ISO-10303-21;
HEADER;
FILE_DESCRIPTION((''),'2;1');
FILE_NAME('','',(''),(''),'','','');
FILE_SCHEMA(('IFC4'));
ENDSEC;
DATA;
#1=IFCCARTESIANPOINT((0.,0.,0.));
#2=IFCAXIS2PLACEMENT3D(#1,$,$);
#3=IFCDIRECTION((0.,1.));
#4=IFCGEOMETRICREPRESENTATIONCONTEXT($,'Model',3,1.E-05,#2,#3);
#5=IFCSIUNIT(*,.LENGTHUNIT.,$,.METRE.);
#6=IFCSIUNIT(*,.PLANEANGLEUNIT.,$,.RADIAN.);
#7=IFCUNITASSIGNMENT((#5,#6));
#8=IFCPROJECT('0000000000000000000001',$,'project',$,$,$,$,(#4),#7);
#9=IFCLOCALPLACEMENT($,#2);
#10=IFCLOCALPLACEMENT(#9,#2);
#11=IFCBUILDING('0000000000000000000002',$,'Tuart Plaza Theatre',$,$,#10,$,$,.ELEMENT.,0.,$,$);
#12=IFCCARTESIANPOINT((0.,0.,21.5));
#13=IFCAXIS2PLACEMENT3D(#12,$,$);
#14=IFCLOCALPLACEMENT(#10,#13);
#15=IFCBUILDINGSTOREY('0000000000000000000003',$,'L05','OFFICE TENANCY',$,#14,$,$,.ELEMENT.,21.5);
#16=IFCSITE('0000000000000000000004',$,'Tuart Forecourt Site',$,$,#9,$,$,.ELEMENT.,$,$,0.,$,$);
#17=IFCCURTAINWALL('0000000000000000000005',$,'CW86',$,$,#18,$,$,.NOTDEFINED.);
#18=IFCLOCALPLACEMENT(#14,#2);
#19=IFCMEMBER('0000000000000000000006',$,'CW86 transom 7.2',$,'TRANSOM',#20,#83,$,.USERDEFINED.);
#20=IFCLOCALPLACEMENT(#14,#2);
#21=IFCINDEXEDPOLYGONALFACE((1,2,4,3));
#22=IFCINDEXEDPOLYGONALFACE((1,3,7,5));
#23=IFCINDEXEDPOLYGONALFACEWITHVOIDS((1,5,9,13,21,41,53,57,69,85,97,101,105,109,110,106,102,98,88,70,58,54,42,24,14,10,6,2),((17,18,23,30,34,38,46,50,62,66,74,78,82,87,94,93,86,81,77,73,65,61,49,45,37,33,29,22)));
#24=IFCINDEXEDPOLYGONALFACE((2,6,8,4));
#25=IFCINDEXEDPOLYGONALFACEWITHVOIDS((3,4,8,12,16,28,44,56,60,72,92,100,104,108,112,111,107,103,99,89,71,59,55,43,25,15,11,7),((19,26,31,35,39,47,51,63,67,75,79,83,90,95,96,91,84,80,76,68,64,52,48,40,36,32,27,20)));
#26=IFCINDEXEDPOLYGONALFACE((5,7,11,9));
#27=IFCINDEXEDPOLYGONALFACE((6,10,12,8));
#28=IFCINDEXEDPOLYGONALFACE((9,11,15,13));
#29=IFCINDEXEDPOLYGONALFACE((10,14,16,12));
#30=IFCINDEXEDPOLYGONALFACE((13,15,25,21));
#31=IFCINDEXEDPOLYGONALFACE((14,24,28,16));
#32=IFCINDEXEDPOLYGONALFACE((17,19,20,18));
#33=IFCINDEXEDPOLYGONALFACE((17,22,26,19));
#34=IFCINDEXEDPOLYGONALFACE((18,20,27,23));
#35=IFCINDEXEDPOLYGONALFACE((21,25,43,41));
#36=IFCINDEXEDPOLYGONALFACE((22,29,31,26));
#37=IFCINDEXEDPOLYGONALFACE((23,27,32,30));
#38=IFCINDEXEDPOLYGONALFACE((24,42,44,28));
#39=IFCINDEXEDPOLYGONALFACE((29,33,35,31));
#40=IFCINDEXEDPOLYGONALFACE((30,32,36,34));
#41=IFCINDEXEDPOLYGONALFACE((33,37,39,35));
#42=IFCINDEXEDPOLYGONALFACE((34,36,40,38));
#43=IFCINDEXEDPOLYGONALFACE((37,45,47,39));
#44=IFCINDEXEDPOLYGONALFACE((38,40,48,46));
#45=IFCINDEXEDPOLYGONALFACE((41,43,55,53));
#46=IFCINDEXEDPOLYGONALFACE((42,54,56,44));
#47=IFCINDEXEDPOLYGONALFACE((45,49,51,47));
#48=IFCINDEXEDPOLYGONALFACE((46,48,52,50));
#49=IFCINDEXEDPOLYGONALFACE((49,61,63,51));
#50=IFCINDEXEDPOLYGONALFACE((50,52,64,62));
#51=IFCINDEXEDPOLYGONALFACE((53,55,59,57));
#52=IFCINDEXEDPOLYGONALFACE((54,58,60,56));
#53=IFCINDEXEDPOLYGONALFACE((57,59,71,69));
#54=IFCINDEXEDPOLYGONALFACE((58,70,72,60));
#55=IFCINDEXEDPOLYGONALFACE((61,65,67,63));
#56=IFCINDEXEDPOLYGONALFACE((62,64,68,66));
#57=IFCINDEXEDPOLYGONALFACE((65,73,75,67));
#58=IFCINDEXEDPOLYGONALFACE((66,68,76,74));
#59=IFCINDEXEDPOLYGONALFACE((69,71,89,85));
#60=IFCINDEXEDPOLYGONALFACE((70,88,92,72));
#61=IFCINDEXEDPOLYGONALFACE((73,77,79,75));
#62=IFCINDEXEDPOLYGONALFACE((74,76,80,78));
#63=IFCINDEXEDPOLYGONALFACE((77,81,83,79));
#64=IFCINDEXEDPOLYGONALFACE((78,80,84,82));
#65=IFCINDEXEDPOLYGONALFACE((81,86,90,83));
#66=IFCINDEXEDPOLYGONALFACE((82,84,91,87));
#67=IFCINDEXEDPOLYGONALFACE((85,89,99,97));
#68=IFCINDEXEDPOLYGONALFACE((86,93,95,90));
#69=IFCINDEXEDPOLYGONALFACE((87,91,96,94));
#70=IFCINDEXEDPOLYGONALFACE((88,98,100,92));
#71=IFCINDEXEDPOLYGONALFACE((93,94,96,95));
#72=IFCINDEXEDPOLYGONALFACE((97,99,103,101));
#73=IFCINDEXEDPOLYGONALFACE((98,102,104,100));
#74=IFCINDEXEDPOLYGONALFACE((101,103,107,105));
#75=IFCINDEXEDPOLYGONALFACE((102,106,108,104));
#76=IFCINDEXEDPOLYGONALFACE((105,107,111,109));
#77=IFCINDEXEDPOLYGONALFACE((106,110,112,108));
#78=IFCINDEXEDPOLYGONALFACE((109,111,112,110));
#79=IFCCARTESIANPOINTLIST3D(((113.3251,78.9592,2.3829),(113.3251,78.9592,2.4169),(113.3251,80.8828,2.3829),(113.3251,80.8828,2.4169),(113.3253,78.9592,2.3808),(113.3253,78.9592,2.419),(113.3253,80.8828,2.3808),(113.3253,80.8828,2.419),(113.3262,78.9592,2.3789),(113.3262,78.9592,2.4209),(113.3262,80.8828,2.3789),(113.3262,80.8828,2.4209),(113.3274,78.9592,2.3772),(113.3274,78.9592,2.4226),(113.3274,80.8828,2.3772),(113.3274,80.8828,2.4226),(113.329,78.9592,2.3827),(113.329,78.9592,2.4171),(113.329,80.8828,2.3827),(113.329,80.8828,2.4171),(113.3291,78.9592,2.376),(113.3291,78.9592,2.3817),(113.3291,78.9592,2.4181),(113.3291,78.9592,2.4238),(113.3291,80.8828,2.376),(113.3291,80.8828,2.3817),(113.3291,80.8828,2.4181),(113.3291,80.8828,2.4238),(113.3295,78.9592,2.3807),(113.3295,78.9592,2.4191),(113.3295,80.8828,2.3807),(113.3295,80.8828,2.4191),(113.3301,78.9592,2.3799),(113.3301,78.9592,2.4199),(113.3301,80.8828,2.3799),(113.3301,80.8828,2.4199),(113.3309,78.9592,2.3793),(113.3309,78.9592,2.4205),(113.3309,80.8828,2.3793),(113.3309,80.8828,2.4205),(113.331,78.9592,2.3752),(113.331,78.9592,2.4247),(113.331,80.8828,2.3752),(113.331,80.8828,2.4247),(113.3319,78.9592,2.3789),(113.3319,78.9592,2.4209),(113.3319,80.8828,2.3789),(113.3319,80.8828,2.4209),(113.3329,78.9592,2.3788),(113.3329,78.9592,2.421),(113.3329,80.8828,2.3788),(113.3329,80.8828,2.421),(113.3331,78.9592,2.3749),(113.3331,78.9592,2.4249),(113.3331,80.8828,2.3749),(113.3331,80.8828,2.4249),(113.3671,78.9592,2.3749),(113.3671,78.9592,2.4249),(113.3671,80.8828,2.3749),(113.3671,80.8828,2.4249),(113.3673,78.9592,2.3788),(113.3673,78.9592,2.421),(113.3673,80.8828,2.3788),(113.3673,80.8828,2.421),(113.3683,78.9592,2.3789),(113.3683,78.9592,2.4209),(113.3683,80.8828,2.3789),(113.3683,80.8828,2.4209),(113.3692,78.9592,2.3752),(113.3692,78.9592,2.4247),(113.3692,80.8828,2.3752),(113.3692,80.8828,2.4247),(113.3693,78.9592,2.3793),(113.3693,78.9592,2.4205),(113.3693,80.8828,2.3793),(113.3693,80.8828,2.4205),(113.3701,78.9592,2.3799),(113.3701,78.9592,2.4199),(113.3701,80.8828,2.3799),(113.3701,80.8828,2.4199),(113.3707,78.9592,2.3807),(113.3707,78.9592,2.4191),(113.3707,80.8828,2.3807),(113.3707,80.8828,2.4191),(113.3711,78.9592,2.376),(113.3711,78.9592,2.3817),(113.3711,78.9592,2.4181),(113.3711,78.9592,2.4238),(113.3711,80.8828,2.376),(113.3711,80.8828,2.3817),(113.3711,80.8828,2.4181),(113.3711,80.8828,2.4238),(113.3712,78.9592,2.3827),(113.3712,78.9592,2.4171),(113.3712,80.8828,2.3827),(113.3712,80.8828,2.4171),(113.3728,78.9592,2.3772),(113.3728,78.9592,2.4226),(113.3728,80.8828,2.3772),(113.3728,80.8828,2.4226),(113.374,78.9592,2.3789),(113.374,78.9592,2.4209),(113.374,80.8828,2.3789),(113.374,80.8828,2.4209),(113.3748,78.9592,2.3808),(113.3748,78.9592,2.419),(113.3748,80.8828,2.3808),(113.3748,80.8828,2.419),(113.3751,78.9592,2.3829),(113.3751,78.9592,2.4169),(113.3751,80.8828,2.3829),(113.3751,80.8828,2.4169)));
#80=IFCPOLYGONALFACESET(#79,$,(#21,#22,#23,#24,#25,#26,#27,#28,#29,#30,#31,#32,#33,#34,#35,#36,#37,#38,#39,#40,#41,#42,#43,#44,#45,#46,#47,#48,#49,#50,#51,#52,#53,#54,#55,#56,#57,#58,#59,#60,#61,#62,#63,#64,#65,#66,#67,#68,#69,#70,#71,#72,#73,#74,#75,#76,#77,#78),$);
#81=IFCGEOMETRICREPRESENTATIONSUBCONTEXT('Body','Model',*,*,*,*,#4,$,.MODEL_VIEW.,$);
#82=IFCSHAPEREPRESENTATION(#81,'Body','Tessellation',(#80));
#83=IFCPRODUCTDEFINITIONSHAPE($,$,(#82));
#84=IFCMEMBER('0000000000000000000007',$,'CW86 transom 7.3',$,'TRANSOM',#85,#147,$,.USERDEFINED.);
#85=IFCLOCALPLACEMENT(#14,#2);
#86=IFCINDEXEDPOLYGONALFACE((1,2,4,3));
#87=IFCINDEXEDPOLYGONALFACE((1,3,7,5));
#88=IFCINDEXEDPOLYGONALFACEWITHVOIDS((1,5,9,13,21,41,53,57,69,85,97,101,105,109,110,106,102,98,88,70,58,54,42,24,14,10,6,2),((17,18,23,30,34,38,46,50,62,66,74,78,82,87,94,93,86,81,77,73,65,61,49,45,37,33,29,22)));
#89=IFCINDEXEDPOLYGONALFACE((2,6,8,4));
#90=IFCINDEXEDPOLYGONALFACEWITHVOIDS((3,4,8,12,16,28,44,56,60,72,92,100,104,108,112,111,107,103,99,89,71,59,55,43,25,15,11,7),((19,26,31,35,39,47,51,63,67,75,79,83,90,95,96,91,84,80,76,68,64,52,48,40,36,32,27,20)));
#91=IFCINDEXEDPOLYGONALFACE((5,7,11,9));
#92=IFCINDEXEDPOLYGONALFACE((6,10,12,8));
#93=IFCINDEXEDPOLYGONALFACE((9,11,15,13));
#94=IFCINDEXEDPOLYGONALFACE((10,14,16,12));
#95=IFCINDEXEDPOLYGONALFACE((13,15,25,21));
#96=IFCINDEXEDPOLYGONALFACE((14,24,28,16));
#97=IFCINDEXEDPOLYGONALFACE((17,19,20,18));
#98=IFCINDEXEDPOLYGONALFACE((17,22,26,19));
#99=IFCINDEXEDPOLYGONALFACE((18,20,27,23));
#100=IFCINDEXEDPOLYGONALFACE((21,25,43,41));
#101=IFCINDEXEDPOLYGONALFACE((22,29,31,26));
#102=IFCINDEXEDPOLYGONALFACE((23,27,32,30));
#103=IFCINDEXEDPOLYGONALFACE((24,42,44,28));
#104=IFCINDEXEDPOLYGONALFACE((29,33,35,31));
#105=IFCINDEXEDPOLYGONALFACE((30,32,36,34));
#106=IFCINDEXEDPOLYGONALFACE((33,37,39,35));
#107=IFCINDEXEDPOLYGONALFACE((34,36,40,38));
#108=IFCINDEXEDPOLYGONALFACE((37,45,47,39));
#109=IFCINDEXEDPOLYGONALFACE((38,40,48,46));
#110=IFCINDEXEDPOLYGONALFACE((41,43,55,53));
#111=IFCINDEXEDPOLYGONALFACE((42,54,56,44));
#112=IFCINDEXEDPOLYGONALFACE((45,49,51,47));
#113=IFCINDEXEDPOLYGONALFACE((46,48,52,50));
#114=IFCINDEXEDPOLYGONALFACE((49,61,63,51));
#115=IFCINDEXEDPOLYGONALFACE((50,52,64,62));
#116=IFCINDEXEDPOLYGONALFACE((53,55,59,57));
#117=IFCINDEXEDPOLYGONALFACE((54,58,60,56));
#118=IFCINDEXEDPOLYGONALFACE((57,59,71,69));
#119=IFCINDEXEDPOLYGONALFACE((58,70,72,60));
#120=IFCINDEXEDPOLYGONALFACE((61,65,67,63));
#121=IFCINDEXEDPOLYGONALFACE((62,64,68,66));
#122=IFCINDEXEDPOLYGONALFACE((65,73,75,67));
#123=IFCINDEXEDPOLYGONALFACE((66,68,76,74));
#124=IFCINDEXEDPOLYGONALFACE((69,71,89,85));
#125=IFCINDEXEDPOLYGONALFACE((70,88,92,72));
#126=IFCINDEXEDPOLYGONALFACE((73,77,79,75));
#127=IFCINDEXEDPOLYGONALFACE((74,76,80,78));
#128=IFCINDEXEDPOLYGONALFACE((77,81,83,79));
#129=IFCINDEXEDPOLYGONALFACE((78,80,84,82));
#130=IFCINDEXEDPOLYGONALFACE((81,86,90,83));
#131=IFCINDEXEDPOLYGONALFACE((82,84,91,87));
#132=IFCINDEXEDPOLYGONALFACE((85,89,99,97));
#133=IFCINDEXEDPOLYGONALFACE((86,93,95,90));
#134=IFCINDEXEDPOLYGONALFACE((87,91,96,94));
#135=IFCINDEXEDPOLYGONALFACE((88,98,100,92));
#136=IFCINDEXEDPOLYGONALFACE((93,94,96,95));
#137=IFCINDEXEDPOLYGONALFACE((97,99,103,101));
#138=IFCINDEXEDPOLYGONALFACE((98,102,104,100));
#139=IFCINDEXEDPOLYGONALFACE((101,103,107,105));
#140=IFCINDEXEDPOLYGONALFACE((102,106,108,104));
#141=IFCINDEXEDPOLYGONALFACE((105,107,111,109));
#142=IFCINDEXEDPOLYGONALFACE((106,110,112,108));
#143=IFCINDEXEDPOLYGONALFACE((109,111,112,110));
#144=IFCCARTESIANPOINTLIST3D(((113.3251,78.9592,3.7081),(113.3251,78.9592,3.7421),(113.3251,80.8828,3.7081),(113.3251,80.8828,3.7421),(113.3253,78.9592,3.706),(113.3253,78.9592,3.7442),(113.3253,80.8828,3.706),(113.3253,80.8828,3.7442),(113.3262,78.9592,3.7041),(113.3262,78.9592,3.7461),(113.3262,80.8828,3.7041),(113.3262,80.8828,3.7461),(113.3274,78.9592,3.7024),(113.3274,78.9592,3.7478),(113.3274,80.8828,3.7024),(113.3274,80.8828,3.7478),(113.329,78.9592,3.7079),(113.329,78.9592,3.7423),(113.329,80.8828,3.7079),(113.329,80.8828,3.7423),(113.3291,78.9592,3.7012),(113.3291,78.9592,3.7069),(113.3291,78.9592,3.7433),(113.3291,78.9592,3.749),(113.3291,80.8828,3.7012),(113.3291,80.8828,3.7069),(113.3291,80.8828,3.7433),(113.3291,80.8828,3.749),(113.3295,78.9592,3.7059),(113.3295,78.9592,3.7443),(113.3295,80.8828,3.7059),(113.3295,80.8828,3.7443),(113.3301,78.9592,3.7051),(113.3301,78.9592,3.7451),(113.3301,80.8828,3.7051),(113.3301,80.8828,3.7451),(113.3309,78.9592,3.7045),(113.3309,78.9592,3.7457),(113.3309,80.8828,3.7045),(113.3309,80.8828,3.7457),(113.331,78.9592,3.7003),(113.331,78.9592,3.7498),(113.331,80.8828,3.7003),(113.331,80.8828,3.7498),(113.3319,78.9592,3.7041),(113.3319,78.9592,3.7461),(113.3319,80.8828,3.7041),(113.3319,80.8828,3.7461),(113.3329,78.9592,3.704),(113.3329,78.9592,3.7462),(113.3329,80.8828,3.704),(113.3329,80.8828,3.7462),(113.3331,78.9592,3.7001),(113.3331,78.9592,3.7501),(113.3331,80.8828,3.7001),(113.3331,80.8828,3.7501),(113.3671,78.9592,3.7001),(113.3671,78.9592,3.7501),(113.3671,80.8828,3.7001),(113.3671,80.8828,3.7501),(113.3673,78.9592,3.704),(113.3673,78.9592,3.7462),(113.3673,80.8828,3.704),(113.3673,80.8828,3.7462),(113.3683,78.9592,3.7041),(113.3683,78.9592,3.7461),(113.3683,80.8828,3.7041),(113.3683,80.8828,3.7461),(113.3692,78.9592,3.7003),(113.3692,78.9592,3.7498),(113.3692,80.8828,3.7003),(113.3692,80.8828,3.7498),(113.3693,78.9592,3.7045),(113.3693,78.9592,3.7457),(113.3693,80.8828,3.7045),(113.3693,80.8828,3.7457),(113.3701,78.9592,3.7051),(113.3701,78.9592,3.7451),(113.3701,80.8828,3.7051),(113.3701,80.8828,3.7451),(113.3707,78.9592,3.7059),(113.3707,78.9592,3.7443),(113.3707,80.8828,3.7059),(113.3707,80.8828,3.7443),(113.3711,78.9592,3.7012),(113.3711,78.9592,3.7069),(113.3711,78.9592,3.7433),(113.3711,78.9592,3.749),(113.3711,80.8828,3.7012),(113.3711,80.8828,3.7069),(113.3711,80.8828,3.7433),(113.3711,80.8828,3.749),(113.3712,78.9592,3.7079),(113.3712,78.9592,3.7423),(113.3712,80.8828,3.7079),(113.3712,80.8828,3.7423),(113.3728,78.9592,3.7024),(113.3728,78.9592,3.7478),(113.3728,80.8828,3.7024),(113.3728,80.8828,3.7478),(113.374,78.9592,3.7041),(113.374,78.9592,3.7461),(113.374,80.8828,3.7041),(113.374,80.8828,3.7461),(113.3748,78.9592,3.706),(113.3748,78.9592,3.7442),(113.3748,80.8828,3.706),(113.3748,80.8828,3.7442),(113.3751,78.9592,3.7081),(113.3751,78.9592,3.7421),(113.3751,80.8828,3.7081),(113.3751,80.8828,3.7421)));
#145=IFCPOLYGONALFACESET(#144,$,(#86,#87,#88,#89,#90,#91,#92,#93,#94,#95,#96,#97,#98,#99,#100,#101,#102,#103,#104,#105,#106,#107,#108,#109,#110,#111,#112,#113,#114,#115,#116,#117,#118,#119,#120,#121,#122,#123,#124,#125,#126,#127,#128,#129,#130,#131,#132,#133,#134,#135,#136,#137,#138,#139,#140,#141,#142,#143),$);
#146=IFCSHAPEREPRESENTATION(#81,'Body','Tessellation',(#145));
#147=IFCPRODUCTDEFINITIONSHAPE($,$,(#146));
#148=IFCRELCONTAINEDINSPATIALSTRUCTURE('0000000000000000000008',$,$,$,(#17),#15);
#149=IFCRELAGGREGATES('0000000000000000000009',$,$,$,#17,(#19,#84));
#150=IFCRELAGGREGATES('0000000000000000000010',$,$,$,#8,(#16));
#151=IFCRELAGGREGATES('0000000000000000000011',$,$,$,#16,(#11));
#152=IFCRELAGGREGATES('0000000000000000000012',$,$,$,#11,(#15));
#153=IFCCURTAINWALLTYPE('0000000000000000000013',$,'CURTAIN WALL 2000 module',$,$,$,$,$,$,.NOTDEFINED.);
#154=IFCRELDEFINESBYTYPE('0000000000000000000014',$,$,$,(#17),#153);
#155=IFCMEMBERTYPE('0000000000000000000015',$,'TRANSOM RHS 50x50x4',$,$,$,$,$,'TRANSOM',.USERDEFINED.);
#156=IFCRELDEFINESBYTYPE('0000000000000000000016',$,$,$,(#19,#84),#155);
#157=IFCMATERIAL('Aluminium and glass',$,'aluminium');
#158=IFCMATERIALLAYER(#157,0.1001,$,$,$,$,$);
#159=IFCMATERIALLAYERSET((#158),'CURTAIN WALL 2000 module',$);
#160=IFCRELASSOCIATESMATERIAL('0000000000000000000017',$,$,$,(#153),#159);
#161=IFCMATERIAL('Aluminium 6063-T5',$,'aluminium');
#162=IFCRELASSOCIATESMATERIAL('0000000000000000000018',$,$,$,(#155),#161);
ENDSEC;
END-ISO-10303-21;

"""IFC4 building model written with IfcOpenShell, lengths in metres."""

from ifc_helpers import new_model, si_unit, direction, frame, origin, origin_2d, place, context, subcontext, project, spatial, hollow_rectangle, extrude, material, layer, layer_set, material_profile, profile_set, type_object, element, aggregate, save


model = new_model("IFC4")

# Units and contexts
model_context = context("Model", 3, precision=1e-05, world=origin(), true_north=direction((0.0, 1.0)))
body_context = subcontext(model_context, "Body", "Model", "MODEL_VIEW")
ifc_project = project(units=[si_unit("LENGTHUNIT", "METRE"), si_unit("PLANEANGLEUNIT", "RADIAN")], contexts=[model_context])

# Site, building, storey
site_placement = place(None, origin())
site = spatial("IfcSite", under=ifc_project, at=site_placement, Name="Tuart Forecourt Site", CompositionType="ELEMENT", RefElevation=0.0)
building_placement = place(site_placement, origin())
building = spatial("IfcBuilding", under=site, at=building_placement, Name="Tuart Plaza Theatre", CompositionType="ELEMENT", ElevationOfRefHeight=0.0)
storey_placement = place(building_placement, frame((0.0, 0.0, 21.5)))
storey = spatial("IfcBuildingStorey", under=building, at=storey_placement, Name="L05", Description="OFFICE TENANCY", CompositionType="ELEMENT", Elevation=21.5)

# Curtain wall, members
ifc_material_1 = material(Name="Aluminium and glass", Category="aluminium")
ifc_layer_1 = layer(ifc_material_1, 0.1001)
ifc_layer_set_1 = layer_set([ifc_layer_1], Name="CURTAIN WALL 2000 module")
curtain_wall_type = type_object("IfcCurtainWallType", Name="CURTAIN WALL 2000 module", PredefinedType="NOTDEFINED", material=ifc_layer_set_1)
curtain_wall_placement = place(storey_placement, origin())
curtain_wall = element("IfcCurtainWall", 1, at=curtain_wall_placement, inside=storey, type_object=curtain_wall_type, Name="CW86", PredefinedType="NOTDEFINED")
ifc_material_2 = material(Name="Aluminium 6063-T5", Category="aluminium")
ifc_material_profile_1 = material_profile(ifc_material_2, hollow_rectangle(XDim=0.05, YDim=0.05, WallThickness=0.0039, InnerFilletRadius=0.0039, OuterFilletRadius=0.0081, at=origin_2d()), Name="RHS 50x50x4")
ifc_profile_set_1 = profile_set([ifc_material_profile_1], Name="Aluminium 6063-T5")
member_type_1 = type_object("IfcMemberType", Name="TRANSOM RHS 50x50x4", ElementType="TRANSOM", PredefinedType="USERDEFINED", material=ifc_profile_set_1)
member_1_placement = place(storey_placement, frame((113.3501, 80.8828, 2.3999), z_axis=(0.0, -1.0, 0.0), x_axis=(1.0, 0.0, 0.0)))
member_1 = element("IfcMember", 2, at=member_1_placement, type_object=member_type_1, Name="CW86 transom 7.2", ObjectType="TRANSOM", PredefinedType="USERDEFINED", context=body_context, shape_type="SweptSolid", body=[
    extrude(hollow_rectangle(XDim=0.05, YDim=0.05, WallThickness=0.0039, InnerFilletRadius=0.0039, OuterFilletRadius=0.0081, at=origin_2d()), origin(), (0.0, 0.0, 1.0), 1.9236),
])
member_2_placement = place(storey_placement, frame((113.3501, 80.8828, 3.7251), z_axis=(0.0, -1.0, 0.0), x_axis=(1.0, 0.0, 0.0)))
member_2 = element("IfcMember", 3, at=member_2_placement, type_object=member_type_1, Name="CW86 transom 7.3", ObjectType="TRANSOM", PredefinedType="USERDEFINED", context=body_context, shape_type="SweptSolid", body=[
    extrude(hollow_rectangle(XDim=0.05, YDim=0.05, WallThickness=0.0039, InnerFilletRadius=0.0039, OuterFilletRadius=0.0081, at=origin_2d()), origin(), (0.0, 0.0, 1.0), 1.9236),
])
aggregate(curtain_wall, [member_1, member_2])

save(model, "model.ifc")
